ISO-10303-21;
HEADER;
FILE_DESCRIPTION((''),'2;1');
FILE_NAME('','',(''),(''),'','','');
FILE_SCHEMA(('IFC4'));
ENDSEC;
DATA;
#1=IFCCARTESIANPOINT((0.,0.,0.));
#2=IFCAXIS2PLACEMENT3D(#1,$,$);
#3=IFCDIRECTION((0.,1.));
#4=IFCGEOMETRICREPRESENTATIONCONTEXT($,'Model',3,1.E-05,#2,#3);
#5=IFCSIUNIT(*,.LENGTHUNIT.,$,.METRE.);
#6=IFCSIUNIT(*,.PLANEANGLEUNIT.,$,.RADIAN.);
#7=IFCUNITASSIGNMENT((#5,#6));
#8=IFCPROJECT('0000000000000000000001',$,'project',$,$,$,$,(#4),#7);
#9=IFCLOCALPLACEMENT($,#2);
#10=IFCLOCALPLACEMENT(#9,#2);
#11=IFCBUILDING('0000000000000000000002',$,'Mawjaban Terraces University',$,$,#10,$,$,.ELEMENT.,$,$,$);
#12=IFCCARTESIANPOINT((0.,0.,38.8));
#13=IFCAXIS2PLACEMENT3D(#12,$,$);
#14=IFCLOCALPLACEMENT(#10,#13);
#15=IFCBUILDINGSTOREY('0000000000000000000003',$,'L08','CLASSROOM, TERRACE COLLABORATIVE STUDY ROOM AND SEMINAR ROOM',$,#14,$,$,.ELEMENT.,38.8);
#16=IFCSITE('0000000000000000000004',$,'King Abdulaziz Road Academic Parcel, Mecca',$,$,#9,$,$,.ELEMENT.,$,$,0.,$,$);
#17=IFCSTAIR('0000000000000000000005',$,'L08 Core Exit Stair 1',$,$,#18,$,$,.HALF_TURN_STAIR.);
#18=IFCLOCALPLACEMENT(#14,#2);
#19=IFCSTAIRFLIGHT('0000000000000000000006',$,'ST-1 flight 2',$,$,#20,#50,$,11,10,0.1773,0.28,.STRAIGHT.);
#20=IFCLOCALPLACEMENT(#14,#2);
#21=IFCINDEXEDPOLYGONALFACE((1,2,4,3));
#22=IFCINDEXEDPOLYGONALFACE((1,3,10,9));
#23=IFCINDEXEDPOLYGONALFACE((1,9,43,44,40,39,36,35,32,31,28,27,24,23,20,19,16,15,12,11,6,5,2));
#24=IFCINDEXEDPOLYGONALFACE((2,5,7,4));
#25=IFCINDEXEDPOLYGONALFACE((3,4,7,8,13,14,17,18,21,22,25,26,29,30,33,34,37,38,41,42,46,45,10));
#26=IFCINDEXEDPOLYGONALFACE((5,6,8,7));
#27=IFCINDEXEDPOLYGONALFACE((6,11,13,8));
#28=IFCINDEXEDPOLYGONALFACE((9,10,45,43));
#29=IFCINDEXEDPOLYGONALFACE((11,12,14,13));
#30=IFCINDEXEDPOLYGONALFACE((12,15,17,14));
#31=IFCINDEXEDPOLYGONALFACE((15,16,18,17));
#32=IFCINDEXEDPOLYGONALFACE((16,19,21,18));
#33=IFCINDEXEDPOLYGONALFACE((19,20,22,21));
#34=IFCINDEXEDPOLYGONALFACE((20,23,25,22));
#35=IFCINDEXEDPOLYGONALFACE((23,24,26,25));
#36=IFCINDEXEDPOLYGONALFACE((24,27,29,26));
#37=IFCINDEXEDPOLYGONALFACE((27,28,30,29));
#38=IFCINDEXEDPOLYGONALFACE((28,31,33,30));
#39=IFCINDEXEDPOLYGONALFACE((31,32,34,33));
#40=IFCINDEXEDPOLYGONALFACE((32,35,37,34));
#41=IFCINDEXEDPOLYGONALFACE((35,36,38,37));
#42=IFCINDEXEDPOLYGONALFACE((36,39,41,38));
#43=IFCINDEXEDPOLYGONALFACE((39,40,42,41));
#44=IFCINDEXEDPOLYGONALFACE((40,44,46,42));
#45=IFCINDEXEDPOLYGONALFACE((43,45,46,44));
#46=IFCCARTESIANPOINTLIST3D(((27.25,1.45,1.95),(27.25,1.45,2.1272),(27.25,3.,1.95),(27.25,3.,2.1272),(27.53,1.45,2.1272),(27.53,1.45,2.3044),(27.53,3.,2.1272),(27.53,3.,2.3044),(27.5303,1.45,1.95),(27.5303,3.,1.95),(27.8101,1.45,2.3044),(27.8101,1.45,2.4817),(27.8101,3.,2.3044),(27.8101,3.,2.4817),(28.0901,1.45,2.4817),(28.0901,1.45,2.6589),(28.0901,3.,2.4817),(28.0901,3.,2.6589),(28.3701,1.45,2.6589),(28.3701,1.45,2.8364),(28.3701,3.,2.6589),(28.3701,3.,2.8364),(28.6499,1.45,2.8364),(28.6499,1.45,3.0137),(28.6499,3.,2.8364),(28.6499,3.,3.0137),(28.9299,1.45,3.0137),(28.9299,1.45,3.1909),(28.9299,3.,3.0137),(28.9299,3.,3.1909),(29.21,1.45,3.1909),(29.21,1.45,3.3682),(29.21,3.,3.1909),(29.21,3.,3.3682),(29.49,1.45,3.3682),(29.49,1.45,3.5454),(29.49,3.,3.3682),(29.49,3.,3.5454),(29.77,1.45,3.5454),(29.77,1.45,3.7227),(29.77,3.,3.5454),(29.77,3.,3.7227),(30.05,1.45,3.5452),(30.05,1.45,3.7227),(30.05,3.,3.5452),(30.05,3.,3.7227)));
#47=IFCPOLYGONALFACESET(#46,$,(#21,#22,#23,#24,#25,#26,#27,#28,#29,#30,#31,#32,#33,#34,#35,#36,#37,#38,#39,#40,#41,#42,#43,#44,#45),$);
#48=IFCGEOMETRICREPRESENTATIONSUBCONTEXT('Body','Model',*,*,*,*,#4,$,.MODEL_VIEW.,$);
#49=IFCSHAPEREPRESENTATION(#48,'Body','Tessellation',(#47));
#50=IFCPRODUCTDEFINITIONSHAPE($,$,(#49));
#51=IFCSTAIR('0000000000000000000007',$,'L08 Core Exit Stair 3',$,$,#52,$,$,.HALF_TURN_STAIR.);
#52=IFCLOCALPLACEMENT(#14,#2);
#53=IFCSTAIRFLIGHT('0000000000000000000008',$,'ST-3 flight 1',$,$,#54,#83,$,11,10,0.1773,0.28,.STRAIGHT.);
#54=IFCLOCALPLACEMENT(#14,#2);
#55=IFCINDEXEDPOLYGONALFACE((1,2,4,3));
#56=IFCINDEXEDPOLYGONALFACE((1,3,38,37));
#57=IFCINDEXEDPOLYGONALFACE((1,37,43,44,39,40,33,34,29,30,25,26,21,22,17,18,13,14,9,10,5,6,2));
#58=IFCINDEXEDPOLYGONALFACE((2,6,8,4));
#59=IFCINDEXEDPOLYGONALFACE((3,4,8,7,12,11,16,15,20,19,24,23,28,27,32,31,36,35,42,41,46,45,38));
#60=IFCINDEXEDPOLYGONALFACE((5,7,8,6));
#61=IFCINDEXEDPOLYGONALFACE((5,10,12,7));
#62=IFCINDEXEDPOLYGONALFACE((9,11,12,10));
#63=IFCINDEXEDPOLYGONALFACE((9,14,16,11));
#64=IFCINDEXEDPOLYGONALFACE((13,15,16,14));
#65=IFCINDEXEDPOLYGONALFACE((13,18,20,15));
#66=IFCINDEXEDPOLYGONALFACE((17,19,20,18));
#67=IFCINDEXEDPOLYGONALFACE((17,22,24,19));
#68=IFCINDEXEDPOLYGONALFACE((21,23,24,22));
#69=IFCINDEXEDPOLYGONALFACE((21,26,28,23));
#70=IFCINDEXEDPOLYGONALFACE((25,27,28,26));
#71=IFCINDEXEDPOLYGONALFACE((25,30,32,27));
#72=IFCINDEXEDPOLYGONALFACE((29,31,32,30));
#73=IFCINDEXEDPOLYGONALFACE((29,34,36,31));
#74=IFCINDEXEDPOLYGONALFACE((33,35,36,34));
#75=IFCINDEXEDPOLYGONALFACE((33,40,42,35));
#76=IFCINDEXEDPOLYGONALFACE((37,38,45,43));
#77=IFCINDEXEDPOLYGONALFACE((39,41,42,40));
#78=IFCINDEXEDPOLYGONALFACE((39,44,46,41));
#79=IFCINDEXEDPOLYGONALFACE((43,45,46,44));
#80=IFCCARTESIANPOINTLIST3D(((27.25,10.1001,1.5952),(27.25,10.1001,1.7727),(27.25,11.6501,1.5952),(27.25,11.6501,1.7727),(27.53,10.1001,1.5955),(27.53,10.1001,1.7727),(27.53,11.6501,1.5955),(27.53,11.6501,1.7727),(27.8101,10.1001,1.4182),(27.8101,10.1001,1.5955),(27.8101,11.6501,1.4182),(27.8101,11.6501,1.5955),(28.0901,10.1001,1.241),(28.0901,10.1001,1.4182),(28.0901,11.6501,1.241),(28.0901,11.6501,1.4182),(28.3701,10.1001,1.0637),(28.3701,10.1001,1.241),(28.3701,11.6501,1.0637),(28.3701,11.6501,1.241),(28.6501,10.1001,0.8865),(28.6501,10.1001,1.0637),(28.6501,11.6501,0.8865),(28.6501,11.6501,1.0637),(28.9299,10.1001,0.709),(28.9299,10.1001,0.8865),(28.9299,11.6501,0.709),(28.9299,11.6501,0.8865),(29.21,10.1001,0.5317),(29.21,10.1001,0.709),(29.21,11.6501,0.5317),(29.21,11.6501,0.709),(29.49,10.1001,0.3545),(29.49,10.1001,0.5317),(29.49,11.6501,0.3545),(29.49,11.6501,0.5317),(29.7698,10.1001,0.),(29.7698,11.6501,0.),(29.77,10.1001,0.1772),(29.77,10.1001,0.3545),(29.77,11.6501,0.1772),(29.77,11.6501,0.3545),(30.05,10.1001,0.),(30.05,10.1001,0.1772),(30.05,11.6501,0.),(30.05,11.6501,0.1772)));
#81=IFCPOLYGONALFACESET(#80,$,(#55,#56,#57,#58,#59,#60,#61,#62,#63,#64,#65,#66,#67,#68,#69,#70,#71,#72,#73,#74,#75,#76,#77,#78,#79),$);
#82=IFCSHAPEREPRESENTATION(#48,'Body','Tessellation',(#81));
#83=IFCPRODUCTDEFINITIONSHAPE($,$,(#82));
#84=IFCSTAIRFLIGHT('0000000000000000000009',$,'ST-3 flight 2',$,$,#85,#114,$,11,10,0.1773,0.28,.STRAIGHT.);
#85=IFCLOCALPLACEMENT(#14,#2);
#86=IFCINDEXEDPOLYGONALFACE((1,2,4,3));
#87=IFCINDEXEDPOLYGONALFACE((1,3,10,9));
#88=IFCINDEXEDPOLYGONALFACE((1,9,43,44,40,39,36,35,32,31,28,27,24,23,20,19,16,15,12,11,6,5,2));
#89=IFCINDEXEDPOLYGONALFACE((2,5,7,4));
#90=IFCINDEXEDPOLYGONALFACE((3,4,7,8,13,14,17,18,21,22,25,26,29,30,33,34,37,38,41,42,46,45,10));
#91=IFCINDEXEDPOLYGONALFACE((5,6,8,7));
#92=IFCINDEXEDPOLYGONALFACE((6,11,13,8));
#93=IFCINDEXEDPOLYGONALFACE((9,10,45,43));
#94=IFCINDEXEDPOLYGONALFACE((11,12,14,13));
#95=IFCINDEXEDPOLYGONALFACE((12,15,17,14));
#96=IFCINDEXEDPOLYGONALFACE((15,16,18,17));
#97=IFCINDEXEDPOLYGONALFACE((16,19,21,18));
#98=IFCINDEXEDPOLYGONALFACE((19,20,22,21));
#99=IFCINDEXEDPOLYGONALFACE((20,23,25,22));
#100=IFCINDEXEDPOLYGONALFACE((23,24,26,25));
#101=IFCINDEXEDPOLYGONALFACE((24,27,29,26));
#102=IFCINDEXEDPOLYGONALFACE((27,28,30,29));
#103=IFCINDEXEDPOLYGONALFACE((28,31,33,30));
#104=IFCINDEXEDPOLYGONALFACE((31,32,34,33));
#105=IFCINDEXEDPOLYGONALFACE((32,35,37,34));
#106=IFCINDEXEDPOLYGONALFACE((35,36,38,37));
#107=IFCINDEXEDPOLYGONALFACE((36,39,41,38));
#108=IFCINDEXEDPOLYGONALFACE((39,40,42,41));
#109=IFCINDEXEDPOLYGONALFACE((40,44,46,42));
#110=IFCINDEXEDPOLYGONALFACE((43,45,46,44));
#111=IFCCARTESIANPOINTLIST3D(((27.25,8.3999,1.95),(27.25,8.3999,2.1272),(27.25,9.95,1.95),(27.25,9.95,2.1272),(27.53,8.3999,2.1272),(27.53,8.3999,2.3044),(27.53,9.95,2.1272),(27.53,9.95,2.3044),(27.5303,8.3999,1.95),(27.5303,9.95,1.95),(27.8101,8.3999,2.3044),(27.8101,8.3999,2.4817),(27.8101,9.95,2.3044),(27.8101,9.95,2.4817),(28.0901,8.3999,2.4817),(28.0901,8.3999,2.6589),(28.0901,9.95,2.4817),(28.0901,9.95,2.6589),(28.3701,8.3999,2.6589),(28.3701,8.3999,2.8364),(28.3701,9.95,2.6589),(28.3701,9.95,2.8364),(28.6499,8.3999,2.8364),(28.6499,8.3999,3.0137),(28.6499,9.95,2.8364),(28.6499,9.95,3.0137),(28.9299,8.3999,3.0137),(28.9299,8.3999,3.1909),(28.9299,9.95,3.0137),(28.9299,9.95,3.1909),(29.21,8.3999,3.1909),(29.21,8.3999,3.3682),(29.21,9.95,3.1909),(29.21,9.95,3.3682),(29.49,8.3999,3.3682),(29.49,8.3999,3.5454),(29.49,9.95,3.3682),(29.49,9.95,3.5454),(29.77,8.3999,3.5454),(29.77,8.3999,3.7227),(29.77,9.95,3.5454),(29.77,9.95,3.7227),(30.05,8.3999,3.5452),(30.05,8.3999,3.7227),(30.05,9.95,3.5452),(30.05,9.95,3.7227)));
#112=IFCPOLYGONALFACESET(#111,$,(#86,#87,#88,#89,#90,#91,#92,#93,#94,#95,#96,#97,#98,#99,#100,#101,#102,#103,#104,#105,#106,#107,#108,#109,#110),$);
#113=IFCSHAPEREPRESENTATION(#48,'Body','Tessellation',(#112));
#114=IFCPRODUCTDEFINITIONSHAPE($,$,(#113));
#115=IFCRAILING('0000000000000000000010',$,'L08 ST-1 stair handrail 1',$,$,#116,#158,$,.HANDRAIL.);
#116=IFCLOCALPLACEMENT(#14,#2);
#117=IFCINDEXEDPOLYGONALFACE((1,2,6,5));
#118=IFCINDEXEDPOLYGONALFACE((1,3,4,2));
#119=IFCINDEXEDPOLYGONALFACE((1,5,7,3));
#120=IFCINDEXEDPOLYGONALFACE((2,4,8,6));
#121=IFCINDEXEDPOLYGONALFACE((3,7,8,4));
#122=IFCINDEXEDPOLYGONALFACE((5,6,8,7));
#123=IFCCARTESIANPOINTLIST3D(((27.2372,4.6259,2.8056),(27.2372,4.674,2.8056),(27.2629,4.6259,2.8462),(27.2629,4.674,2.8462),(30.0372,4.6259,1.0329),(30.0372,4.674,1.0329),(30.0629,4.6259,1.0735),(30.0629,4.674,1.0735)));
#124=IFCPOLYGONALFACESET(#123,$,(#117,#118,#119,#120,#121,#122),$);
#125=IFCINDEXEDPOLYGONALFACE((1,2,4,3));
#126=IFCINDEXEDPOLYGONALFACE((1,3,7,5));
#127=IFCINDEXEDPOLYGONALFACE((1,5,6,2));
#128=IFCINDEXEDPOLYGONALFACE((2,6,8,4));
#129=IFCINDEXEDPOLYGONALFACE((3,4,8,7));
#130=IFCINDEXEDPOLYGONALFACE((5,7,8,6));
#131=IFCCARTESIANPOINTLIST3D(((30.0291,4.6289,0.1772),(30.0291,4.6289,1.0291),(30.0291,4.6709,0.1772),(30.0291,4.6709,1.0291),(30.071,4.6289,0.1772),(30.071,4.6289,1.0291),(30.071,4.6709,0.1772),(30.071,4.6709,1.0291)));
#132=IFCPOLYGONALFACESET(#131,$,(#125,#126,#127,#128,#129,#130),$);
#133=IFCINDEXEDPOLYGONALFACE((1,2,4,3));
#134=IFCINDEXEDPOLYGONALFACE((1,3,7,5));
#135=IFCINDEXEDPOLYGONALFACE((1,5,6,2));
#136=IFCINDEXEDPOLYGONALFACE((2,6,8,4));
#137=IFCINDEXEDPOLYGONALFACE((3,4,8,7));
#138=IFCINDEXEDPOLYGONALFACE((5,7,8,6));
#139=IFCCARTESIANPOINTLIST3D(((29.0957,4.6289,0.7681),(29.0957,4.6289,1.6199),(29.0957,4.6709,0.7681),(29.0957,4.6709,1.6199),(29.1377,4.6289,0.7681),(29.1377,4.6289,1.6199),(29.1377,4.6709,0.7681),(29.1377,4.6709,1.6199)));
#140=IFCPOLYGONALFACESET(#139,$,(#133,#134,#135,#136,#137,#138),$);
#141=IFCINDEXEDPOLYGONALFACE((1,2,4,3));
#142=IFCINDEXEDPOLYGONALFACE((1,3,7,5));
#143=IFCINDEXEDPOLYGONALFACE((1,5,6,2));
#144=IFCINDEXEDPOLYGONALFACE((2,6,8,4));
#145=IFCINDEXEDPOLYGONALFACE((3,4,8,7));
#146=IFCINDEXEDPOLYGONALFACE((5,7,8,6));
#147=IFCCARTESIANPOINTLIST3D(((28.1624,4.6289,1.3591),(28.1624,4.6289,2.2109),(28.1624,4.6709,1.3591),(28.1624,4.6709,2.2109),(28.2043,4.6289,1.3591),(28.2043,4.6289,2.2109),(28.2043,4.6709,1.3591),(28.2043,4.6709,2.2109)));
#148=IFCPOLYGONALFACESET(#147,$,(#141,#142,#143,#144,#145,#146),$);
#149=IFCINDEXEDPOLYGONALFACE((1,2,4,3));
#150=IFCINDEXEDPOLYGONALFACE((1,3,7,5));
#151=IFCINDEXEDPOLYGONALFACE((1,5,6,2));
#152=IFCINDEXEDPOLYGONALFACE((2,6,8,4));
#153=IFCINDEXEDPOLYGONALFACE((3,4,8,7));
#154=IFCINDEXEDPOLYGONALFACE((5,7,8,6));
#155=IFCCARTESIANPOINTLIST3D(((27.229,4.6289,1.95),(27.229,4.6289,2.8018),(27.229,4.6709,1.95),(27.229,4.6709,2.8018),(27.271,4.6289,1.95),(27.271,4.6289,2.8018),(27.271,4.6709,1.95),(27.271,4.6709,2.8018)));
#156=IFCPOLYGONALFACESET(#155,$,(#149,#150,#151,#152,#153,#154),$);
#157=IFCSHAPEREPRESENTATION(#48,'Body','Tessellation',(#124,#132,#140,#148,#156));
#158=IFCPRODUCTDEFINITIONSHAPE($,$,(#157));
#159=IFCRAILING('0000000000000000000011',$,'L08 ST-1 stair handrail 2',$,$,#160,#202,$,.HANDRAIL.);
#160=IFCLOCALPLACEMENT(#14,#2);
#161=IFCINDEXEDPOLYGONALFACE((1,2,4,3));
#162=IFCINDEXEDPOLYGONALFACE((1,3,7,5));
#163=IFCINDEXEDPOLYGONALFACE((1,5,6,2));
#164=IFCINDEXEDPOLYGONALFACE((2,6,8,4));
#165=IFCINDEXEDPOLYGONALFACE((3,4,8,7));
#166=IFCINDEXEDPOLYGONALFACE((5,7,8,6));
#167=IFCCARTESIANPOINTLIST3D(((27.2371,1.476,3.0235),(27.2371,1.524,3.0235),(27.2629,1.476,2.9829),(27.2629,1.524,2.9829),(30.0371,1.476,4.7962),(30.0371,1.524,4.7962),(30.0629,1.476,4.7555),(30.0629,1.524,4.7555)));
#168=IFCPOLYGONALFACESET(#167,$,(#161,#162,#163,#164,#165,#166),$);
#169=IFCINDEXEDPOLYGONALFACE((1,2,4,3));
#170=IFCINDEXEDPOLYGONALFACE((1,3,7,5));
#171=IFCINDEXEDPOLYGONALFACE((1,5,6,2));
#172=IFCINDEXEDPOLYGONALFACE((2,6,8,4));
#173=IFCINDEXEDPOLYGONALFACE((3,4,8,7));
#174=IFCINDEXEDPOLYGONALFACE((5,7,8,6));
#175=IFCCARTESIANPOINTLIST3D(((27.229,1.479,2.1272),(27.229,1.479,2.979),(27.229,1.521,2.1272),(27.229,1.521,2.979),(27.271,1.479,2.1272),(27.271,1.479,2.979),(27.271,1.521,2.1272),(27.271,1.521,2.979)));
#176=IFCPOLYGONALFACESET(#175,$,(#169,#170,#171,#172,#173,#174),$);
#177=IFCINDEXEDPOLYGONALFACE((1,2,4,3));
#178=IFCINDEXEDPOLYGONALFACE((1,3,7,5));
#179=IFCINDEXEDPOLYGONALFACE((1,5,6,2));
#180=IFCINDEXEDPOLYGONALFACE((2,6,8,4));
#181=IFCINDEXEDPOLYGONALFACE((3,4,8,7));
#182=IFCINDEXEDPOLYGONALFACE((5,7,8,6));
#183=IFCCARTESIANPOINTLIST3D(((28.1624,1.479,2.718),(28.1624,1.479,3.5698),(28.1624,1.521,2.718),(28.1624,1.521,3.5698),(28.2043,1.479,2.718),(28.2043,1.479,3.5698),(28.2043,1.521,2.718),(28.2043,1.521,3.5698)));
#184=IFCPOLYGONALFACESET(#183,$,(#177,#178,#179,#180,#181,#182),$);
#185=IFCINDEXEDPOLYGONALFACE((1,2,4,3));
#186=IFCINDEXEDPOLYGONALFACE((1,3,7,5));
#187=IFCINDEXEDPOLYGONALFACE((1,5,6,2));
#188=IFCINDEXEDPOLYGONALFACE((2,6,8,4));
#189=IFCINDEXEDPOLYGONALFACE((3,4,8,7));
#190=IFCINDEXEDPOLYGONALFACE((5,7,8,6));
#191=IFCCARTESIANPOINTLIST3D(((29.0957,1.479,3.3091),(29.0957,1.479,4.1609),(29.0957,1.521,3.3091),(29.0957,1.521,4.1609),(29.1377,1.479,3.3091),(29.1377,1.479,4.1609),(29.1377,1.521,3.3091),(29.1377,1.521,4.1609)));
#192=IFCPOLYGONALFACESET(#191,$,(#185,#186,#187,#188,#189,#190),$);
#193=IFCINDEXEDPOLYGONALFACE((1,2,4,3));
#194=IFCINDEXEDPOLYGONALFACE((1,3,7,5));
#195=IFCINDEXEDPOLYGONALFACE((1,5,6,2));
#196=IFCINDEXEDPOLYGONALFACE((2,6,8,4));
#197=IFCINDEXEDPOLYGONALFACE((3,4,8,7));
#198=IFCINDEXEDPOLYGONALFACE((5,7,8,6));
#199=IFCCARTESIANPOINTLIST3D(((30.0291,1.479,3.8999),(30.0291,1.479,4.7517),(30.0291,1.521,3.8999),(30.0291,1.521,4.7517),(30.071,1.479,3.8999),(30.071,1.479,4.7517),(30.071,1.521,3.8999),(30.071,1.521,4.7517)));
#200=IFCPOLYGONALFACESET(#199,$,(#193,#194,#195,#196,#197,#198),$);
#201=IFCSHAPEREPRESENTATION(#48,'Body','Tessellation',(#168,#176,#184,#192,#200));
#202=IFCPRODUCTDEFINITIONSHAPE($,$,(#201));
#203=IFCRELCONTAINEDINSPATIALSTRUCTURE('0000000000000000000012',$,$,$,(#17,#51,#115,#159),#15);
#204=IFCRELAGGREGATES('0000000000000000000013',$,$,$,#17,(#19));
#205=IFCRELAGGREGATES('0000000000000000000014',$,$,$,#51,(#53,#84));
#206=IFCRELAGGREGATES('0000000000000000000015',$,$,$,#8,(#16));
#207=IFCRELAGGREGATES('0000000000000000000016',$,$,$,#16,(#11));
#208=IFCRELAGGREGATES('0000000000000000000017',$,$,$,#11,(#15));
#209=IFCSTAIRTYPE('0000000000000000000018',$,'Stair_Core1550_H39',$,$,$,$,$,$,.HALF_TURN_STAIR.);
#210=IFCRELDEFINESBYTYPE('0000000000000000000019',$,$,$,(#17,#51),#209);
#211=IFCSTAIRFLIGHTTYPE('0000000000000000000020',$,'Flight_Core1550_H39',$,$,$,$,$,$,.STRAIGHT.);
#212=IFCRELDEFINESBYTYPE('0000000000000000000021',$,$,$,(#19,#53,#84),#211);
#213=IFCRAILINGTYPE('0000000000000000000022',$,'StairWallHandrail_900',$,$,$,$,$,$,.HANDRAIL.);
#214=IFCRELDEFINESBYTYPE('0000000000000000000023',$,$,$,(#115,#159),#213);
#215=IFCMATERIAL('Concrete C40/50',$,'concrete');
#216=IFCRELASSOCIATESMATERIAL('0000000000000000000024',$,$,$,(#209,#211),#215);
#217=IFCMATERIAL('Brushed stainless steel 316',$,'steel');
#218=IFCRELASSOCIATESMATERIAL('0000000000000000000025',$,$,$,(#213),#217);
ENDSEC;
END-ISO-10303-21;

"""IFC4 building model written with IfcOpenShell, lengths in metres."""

from ifc_helpers import new_model, si_unit, direction, frame, origin, origin_2d, place, context, subcontext, project, spatial, polyline, rectangle, outline, extrude, material, type_object, element, aggregate, save


model = new_model("IFC4")

# Units and contexts
model_context = context("Model", 3, precision=1e-05, world=origin(), true_north=direction((0.0, 1.0)))
body_context = subcontext(model_context, "Body", "Model", "MODEL_VIEW")
ifc_project = project(units=[si_unit("LENGTHUNIT", "METRE"), si_unit("PLANEANGLEUNIT", "RADIAN")], contexts=[model_context])

# Site, building, storey
site_placement = place(None, origin())
site = spatial("IfcSite", under=ifc_project, at=site_placement, Name="King Abdulaziz Road Academic Parcel, Mecca", CompositionType="ELEMENT", RefElevation=0.0)
building_placement = place(site_placement, origin())
building = spatial("IfcBuilding", under=site, at=building_placement, Name="Mawjaban Terraces University", CompositionType="ELEMENT")
storey_placement = place(building_placement, frame((0.0, 0.0, 38.8)))
storey = spatial("IfcBuildingStorey", under=building, at=storey_placement, Name="L08", Description="CLASSROOM, TERRACE COLLABORATIVE STUDY ROOM AND SEMINAR ROOM", CompositionType="ELEMENT", Elevation=38.8)

# Stairs, stair flights
ifc_material_1 = material(Name="Concrete C40/50", Category="concrete")
stair_type = type_object("IfcStairType", Name="Stair_Core1550_H39", PredefinedType="HALF_TURN_STAIR", material=ifc_material_1)
stair_1_placement = place(storey_placement, origin())
stair_1 = element("IfcStair", 1, at=stair_1_placement, inside=storey, type_object=stair_type, Name="L08 Core Exit Stair 1", PredefinedType="HALF_TURN_STAIR")
stair_flight_type = type_object("IfcStairFlightType", Name="Flight_Core1550_H39", PredefinedType="STRAIGHT", material=ifc_material_1)
stair_flight_1_placement = place(storey_placement, frame((27.25, 2.2251, 1.95), z_axis=(0.0, 0.0, 1.0), x_axis=(1.0, 0.0, 0.0)))
stair_flight_1 = element("IfcStairFlight", 2, at=stair_flight_1_placement, type_object=stair_flight_type, Name="ST-1 flight 2", NumberOfRisers=11, NumberOfTreads=10, PredefinedType="STRAIGHT", RiserHeight=0.1773, TreadLength=0.28, context=body_context, shape_type="SweptSolid", body=[
    extrude(outline(polyline([(0.0, 0.0), (0.0, 0.1772), (0.28, 0.1772), (0.28, 0.3545), (0.5601, 0.3545), (0.5601, 0.5317), (0.8401, 0.5317), (0.8401, 0.709), (1.1201, 0.709), (1.1201, 0.8865), (1.3999, 0.8865), (1.3999, 1.0637), (1.6799, 1.0637), (1.6799, 1.241), (1.96, 1.241), (1.96, 1.4182), (2.24, 1.4182), (2.24, 1.5955), (2.52, 1.5955), (2.52, 1.7727), (2.8, 1.7727), (2.8, 1.95), (2.8, 1.5952), (0.2803, 0.0), (0.0, 0.0)])), frame((0.0, 0.7749, 0.0), z_axis=(0.0, -1.0, 0.0), x_axis=(1.0, 0.0, 0.0)), (0.0, 0.0, 1.0), 1.55),
])
aggregate(stair_1, [stair_flight_1])
stair_2_placement = place(storey_placement, origin())
stair_2 = element("IfcStair", 3, at=stair_2_placement, inside=storey, type_object=stair_type, Name="L08 Core Exit Stair 3", PredefinedType="HALF_TURN_STAIR")
stair_flight_2_placement = place(storey_placement, frame((30.05, 10.875, 0.0), z_axis=(0.0, 0.0, 1.0), x_axis=(-1.0, 0.0, 0.0)))
stair_flight_2 = element("IfcStairFlight", 4, at=stair_flight_2_placement, type_object=stair_flight_type, Name="ST-3 flight 1", NumberOfRisers=11, NumberOfTreads=10, PredefinedType="STRAIGHT", RiserHeight=0.1773, TreadLength=0.28, context=body_context, shape_type="SweptSolid", body=[
    extrude(outline(polyline([(0.0, 0.0), (0.0, 0.1772), (0.28, 0.1772), (0.28, 0.3545), (0.5601, 0.3545), (0.5601, 0.5317), (0.8401, 0.5317), (0.8401, 0.709), (1.1201, 0.709), (1.1201, 0.8865), (1.3999, 0.8865), (1.3999, 1.0637), (1.6799, 1.0637), (1.6799, 1.241), (1.96, 1.241), (1.96, 1.4182), (2.24, 1.4182), (2.24, 1.5955), (2.52, 1.5955), (2.52, 1.7727), (2.8, 1.7727), (2.8, 1.95), (2.8, 1.5952), (0.2803, 0.0), (0.0, 0.0)])), frame((0.0, 0.7749, 0.0), z_axis=(0.0, -1.0, 0.0), x_axis=(1.0, 0.0, 0.0)), (0.0, 0.0, 1.0), 1.55),
])
stair_flight_3_placement = place(storey_placement, frame((27.25, 9.175, 1.95), z_axis=(0.0, 0.0, 1.0), x_axis=(1.0, 0.0, 0.0)))
stair_flight_3 = element("IfcStairFlight", 5, at=stair_flight_3_placement, type_object=stair_flight_type, Name="ST-3 flight 2", NumberOfRisers=11, NumberOfTreads=10, PredefinedType="STRAIGHT", RiserHeight=0.1773, TreadLength=0.28, context=body_context, shape_type="SweptSolid", body=[
    extrude(outline(polyline([(0.0, 0.0), (0.0, 0.1772), (0.28, 0.1772), (0.28, 0.3545), (0.5601, 0.3545), (0.5601, 0.5317), (0.8401, 0.5317), (0.8401, 0.709), (1.1201, 0.709), (1.1201, 0.8865), (1.3999, 0.8865), (1.3999, 1.0637), (1.6799, 1.0637), (1.6799, 1.241), (1.96, 1.241), (1.96, 1.4182), (2.24, 1.4182), (2.24, 1.5955), (2.52, 1.5955), (2.52, 1.7727), (2.8, 1.7727), (2.8, 1.95), (2.8, 1.5952), (0.2803, 0.0), (0.0, 0.0)])), frame((0.0, 0.7749, 0.0), z_axis=(0.0, -1.0, 0.0), x_axis=(1.0, 0.0, 0.0)), (0.0, 0.0, 1.0), 1.55),
])
aggregate(stair_2, [stair_flight_2, stair_flight_3])

# Railings
ifc_material_2 = material(Name="Brushed stainless steel 316", Category="steel")
railing_type_1 = type_object("IfcRailingType", Name="StairWallHandrail_900", PredefinedType="HANDRAIL", material=ifc_material_2)
railing_1_placement = place(storey_placement, frame((30.05, 4.6499, 0.1772)))
element("IfcRailing", 6, at=railing_1_placement, inside=storey, type_object=railing_type_1, Name="L08 ST-1 stair handrail 1", PredefinedType="HANDRAIL", context=body_context, shape_type="SweptSolid", body=[
    extrude(rectangle(XDim=0.0481, YDim=0.0481, at=origin_2d()), frame((0.0, 0.0, 0.876), z_axis=(-0.844909, 0.0, 0.53491), x_axis=(0.0, -1.0, 0.0)), (0.0, 0.0, 1.0), 3.314),
    extrude(rectangle(XDim=0.042, YDim=0.042, at=origin_2d()), origin(), (0.0, 0.0, 1.0), 0.8518),
    extrude(rectangle(XDim=0.042, YDim=0.042, at=origin_2d()), frame((-0.9333, 0.0, 0.5908)), (0.0, 0.0, 1.0), 0.8518),
    extrude(rectangle(XDim=0.042, YDim=0.042, at=origin_2d()), frame((-1.8667, 0.0, 1.1819)), (0.0, 0.0, 1.0), 0.8518),
    extrude(rectangle(XDim=0.042, YDim=0.042, at=origin_2d()), frame((-2.8, 0.0, 1.7727)), (0.0, 0.0, 1.0), 0.8518),
])
railing_2_placement = place(storey_placement, frame((27.25, 1.5, 2.1272)))
element("IfcRailing", 7, at=railing_2_placement, inside=storey, type_object=railing_type_1, Name="L08 ST-1 stair handrail 2", PredefinedType="HANDRAIL", context=body_context, shape_type="SweptSolid", body=[
    extrude(rectangle(XDim=0.0481, YDim=0.0481, at=origin_2d()), frame((0.0, 0.0, 0.876), z_axis=(0.844909, 0.0, 0.53491), x_axis=(0.0, 1.0, 0.0)), (0.0, 0.0, 1.0), 3.314),
    extrude(rectangle(XDim=0.042, YDim=0.042, at=origin_2d()), origin(), (0.0, 0.0, 1.0), 0.8518),
    extrude(rectangle(XDim=0.042, YDim=0.042, at=origin_2d()), frame((0.9333, 0.0, 0.5908)), (0.0, 0.0, 1.0), 0.8518),
    extrude(rectangle(XDim=0.042, YDim=0.042, at=origin_2d()), frame((1.8667, 0.0, 1.1819)), (0.0, 0.0, 1.0), 0.8518),
    extrude(rectangle(XDim=0.042, YDim=0.042, at=origin_2d()), frame((2.8, 0.0, 1.7727)), (0.0, 0.0, 1.0), 0.8518),
])

save(model, "model.ifc")
